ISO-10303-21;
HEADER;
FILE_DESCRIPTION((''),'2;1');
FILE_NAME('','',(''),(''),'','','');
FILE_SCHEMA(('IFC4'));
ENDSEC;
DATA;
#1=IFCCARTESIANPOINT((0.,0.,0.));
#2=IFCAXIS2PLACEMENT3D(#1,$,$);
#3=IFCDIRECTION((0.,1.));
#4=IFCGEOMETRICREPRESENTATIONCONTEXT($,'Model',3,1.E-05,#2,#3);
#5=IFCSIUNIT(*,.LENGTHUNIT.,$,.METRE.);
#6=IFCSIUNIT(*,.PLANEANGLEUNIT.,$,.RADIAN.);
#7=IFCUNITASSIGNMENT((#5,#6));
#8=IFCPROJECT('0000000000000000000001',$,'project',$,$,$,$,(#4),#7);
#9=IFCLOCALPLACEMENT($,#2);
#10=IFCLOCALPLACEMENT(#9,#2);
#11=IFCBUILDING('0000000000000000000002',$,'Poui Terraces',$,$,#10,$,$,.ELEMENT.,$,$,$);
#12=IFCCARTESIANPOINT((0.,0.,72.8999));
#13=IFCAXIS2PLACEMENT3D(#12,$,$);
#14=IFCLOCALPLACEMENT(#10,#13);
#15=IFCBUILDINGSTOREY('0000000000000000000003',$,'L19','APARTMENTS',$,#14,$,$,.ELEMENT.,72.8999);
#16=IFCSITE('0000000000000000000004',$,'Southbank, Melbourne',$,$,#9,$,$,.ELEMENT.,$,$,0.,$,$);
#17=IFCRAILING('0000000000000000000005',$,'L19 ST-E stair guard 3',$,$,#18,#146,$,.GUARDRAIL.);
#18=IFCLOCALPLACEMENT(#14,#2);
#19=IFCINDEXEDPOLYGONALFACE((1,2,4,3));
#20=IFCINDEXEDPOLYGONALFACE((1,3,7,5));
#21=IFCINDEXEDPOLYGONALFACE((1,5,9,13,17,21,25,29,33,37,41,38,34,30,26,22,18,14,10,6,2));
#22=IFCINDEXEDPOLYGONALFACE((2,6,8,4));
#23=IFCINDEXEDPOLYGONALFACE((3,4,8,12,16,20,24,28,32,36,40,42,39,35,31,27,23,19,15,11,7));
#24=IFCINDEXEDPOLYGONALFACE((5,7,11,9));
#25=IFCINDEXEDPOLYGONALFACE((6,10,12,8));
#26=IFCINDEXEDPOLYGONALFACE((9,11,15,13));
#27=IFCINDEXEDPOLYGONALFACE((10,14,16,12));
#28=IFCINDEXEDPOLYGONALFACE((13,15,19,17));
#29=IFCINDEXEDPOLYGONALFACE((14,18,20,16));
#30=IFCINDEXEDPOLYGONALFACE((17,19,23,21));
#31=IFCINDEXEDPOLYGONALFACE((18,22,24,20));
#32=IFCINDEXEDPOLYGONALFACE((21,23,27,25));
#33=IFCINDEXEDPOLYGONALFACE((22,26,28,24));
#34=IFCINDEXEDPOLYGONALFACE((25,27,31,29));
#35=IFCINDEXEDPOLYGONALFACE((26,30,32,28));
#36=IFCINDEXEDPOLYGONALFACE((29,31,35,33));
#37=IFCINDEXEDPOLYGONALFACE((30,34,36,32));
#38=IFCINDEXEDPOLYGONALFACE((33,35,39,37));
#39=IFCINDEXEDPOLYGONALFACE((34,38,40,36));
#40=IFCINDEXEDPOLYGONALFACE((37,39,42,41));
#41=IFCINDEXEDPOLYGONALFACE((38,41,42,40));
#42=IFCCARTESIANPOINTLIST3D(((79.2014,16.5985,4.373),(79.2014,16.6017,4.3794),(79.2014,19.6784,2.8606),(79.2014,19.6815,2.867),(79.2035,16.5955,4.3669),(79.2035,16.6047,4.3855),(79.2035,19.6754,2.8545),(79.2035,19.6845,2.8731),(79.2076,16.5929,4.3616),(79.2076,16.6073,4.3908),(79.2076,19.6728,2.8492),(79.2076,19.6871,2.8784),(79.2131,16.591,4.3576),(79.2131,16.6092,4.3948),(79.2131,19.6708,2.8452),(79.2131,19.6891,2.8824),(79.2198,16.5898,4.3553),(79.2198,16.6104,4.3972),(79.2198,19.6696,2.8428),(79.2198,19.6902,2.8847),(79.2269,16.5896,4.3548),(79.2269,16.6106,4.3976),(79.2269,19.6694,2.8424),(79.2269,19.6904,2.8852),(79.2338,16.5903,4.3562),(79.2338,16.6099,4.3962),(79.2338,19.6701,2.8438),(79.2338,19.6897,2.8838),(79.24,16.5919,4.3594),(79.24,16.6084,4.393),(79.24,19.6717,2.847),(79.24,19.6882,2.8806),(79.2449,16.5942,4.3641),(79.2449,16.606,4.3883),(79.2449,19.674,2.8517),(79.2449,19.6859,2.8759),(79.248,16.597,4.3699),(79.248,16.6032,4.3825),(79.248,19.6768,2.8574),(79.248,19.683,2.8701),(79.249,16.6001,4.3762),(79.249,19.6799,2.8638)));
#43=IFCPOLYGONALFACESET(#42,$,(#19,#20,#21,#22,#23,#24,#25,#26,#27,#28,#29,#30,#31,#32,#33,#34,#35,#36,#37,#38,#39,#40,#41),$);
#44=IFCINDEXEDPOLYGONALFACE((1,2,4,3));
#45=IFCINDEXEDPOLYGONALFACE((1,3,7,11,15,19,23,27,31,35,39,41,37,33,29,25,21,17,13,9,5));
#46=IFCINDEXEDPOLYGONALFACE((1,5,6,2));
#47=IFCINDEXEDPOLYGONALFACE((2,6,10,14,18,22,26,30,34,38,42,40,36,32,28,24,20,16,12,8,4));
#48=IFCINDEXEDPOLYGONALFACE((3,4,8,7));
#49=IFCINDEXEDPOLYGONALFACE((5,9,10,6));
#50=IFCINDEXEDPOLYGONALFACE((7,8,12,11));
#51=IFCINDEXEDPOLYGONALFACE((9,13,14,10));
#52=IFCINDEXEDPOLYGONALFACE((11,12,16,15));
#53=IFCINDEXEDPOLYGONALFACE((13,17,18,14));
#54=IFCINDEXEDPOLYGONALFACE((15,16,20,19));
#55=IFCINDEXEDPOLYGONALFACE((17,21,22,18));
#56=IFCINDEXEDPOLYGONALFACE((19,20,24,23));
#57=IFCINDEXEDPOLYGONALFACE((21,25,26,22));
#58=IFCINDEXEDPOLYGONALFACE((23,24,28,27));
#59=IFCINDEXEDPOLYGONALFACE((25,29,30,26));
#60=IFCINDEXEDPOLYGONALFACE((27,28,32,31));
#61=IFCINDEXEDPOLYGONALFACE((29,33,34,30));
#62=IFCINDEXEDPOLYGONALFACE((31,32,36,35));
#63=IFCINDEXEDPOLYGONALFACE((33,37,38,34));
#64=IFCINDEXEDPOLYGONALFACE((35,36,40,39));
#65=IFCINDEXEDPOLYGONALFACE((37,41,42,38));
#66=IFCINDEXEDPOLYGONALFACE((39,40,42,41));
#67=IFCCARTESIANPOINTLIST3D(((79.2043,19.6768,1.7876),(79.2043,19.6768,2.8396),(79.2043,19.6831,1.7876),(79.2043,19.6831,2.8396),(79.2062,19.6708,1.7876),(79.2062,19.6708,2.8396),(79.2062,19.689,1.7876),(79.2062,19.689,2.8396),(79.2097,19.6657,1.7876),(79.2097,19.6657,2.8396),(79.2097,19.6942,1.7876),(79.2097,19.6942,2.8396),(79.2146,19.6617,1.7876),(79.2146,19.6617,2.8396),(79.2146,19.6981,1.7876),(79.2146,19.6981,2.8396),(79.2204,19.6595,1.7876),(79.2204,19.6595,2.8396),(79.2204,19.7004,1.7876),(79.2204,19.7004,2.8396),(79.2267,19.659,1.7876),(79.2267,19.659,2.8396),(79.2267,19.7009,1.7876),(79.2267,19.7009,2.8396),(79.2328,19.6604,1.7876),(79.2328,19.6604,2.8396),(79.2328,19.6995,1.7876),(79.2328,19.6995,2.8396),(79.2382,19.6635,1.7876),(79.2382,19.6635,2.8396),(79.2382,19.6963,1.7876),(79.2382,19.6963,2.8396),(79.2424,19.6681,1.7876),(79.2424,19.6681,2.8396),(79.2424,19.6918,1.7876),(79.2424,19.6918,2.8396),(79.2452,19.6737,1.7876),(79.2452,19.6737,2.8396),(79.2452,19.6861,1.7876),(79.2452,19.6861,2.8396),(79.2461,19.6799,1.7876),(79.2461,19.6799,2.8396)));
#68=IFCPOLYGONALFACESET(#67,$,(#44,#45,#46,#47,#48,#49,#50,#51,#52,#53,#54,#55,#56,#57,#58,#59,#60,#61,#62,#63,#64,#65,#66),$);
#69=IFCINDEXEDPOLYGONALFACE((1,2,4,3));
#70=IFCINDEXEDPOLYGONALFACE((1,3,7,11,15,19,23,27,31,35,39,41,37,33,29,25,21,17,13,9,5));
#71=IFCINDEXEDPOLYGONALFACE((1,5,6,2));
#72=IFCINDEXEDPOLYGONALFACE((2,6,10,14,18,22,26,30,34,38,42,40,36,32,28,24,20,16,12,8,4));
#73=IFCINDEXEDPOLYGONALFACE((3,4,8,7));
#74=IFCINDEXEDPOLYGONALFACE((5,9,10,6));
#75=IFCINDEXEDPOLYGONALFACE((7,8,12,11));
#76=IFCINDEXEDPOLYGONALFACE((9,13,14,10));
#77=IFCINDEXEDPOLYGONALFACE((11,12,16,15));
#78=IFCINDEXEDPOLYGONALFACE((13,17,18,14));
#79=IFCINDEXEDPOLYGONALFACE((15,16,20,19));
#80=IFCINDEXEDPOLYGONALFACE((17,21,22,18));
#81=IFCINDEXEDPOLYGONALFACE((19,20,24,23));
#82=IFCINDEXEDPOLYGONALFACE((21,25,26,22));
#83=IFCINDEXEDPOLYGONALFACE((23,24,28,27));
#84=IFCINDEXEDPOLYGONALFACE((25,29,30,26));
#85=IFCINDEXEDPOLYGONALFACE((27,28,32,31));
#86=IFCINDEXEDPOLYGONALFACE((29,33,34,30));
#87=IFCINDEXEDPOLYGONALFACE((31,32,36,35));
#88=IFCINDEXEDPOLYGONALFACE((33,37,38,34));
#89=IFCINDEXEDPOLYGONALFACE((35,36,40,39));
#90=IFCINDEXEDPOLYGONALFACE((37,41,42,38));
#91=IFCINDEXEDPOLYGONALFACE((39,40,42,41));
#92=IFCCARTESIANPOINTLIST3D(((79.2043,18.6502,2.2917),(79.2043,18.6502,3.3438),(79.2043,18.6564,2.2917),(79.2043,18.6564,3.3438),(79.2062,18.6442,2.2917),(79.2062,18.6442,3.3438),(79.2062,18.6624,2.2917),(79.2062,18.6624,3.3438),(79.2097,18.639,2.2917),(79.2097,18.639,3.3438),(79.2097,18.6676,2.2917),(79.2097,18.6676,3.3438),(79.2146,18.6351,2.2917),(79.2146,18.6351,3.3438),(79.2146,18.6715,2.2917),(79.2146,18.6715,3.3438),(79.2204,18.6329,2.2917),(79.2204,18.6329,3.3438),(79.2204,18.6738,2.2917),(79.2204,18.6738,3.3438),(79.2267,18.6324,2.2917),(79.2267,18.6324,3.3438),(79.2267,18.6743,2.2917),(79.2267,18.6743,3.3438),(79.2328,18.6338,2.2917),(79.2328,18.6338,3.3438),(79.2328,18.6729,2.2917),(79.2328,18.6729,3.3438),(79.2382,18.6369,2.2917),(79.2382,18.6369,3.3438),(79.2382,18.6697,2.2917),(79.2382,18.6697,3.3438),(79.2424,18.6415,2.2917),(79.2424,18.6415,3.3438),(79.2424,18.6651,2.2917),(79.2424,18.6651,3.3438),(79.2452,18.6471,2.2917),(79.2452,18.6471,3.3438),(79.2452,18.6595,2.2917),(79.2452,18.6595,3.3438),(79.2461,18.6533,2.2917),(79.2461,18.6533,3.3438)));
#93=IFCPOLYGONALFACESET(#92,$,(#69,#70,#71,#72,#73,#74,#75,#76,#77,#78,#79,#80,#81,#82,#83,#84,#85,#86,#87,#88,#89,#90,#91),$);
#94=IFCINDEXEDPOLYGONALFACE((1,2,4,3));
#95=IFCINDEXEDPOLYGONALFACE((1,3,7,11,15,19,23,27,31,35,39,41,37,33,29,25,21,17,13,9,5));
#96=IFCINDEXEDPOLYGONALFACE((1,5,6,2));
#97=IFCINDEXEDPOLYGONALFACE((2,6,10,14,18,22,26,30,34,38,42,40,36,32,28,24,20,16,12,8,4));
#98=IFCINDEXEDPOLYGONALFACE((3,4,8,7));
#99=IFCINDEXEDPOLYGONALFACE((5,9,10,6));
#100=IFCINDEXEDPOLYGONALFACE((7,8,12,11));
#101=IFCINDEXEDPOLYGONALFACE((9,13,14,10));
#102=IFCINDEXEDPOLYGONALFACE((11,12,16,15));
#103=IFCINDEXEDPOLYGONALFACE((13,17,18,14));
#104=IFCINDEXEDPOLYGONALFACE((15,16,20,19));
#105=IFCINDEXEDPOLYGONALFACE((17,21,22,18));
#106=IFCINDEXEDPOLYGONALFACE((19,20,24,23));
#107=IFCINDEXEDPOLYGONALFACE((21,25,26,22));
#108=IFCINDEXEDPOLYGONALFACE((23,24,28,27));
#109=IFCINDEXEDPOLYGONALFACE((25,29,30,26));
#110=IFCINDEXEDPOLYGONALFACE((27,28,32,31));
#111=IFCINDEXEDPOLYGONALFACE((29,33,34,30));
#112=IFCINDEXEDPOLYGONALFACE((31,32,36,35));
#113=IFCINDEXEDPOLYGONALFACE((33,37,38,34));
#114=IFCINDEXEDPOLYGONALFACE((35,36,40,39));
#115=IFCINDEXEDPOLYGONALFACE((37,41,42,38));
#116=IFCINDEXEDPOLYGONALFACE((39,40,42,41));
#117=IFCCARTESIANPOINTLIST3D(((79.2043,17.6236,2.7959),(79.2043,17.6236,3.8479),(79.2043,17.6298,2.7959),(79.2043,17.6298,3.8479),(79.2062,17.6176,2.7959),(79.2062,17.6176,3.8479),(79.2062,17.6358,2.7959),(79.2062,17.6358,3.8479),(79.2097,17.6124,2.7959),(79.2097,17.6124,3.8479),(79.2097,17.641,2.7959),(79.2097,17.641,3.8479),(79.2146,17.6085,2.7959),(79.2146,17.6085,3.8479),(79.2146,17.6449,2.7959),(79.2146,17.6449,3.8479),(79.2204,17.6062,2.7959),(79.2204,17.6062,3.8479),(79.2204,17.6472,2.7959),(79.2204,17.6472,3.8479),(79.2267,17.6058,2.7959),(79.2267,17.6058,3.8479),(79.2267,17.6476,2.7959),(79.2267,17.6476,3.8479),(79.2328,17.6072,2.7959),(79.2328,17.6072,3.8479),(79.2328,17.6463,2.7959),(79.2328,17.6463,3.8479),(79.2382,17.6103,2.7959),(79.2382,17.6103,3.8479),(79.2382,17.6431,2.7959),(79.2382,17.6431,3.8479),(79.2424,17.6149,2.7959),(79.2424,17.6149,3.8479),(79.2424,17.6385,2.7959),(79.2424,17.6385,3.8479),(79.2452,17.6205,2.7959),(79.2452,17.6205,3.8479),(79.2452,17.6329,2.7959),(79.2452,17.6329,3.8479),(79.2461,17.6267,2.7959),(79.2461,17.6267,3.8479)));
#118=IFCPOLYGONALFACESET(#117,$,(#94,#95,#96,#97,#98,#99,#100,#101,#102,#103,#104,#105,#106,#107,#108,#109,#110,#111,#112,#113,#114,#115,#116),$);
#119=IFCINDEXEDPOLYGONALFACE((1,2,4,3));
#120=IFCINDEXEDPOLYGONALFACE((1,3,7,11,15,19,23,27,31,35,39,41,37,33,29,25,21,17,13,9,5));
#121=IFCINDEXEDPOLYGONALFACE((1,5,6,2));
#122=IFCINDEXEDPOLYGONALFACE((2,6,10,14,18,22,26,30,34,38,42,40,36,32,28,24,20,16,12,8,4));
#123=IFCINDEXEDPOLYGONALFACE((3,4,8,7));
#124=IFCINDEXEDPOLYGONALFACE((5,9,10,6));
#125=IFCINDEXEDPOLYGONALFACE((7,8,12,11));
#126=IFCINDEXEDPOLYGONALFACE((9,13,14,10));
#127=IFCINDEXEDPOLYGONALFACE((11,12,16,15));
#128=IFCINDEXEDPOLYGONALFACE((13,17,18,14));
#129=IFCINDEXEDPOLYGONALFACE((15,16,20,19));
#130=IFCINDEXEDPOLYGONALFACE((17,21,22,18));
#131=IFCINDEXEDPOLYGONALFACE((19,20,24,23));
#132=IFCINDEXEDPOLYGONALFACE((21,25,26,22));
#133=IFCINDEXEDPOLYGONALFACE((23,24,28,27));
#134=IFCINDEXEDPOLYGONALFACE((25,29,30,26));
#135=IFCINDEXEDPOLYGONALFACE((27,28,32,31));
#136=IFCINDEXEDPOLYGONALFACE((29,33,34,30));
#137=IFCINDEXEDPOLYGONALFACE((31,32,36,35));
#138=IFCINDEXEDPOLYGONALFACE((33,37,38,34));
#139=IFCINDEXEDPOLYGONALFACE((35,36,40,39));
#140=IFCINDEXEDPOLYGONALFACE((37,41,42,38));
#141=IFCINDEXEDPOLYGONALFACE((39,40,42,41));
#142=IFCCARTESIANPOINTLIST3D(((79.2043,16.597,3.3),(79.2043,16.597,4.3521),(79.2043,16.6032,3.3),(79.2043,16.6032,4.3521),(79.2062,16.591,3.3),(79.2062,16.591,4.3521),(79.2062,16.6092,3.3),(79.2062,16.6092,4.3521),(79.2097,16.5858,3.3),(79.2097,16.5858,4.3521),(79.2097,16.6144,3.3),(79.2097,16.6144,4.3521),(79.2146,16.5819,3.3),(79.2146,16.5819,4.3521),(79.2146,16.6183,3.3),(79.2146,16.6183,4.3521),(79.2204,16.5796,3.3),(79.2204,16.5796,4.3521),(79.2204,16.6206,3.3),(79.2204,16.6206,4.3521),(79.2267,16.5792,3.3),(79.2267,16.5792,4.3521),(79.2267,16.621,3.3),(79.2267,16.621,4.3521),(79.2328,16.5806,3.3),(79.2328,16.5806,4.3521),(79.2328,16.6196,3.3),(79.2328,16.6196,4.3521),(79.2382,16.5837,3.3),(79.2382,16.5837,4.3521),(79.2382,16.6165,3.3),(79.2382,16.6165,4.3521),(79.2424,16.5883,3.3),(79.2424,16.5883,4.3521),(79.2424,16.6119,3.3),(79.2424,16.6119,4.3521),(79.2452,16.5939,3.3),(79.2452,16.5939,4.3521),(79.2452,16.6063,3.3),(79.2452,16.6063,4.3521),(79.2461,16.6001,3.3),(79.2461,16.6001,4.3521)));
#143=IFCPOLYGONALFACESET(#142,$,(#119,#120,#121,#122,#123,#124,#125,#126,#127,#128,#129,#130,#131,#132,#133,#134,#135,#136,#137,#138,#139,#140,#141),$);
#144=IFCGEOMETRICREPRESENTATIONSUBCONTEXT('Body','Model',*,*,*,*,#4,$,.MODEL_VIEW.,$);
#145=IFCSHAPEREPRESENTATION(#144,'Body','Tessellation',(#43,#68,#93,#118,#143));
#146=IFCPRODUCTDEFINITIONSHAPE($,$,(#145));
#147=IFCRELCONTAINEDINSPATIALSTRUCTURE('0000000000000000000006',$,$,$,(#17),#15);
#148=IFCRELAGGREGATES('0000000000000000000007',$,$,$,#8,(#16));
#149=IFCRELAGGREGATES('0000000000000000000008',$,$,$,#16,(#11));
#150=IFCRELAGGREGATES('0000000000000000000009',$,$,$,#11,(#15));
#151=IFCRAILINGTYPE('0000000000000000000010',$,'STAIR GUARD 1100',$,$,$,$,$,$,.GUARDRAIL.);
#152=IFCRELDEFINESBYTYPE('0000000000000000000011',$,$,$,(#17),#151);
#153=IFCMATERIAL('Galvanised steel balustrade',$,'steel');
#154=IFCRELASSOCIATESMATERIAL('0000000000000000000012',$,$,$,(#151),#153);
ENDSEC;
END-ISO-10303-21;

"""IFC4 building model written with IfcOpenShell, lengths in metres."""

from ifc_helpers import new_model, si_unit, direction, frame, origin, origin_2d, place, context, subcontext, project, spatial, circle, extrude, material, type_object, element, save


model = new_model("IFC4")

# Units and contexts
model_context = context("Model", 3, precision=1e-05, world=origin(), true_north=direction((0.0, 1.0)))
body_context = subcontext(model_context, "Body", "Model", "MODEL_VIEW")
ifc_project = project(units=[si_unit("LENGTHUNIT", "METRE"), si_unit("PLANEANGLEUNIT", "RADIAN")], contexts=[model_context])

# Site, building, storey
site_placement = place(None, origin())
site = spatial("IfcSite", under=ifc_project, at=site_placement, Name="Southbank, Melbourne", CompositionType="ELEMENT", RefElevation=0.0)
building_placement = place(site_placement, origin())
building = spatial("IfcBuilding", under=site, at=building_placement, Name="Poui Terraces", CompositionType="ELEMENT")
storey_placement = place(building_placement, frame((0.0, 0.0, 72.8999)))
storey = spatial("IfcBuildingStorey", under=building, at=storey_placement, Name="L19", Description="APARTMENTS", CompositionType="ELEMENT", Elevation=72.8999)

# Railing
ifc_material_1 = material(Name="Galvanised steel balustrade", Category="steel")
railing_type_1 = type_object("IfcRailingType", Name="STAIR GUARD 1100", PredefinedType="GUARDRAIL", material=ifc_material_1)
railing_1_placement = place(storey_placement, frame((79.2251, 19.6799, 1.7876)))
element("IfcRailing", 1, at=railing_1_placement, inside=storey, type_object=railing_type_1, Name="L19 ST-E stair guard 3", PredefinedType="GUARDRAIL", context=body_context, shape_type="SweptSolid", body=[
    extrude(circle(Radius=0.0239, at=origin_2d()), frame((0.0, 0.0, 1.0762), z_axis=(0.0, -0.897606, 0.440798), x_axis=(1.0, 0.0, 0.0)), (0.0, 0.0, 1.0), 3.4312),
    extrude(circle(Radius=0.021, at=origin_2d()), origin(), (0.0, 0.0, 1.0), 1.052),
    extrude(circle(Radius=0.021, at=origin_2d()), frame((0.0, -1.0266, 0.5042)), (0.0, 0.0, 1.0), 1.052),
    extrude(circle(Radius=0.021, at=origin_2d()), frame((0.0, -2.0532, 1.0083)), (0.0, 0.0, 1.0), 1.052),
    extrude(circle(Radius=0.021, at=origin_2d()), frame((0.0, -3.0798, 1.5125)), (0.0, 0.0, 1.0), 1.052),
])

save(model, "model.ifc")
